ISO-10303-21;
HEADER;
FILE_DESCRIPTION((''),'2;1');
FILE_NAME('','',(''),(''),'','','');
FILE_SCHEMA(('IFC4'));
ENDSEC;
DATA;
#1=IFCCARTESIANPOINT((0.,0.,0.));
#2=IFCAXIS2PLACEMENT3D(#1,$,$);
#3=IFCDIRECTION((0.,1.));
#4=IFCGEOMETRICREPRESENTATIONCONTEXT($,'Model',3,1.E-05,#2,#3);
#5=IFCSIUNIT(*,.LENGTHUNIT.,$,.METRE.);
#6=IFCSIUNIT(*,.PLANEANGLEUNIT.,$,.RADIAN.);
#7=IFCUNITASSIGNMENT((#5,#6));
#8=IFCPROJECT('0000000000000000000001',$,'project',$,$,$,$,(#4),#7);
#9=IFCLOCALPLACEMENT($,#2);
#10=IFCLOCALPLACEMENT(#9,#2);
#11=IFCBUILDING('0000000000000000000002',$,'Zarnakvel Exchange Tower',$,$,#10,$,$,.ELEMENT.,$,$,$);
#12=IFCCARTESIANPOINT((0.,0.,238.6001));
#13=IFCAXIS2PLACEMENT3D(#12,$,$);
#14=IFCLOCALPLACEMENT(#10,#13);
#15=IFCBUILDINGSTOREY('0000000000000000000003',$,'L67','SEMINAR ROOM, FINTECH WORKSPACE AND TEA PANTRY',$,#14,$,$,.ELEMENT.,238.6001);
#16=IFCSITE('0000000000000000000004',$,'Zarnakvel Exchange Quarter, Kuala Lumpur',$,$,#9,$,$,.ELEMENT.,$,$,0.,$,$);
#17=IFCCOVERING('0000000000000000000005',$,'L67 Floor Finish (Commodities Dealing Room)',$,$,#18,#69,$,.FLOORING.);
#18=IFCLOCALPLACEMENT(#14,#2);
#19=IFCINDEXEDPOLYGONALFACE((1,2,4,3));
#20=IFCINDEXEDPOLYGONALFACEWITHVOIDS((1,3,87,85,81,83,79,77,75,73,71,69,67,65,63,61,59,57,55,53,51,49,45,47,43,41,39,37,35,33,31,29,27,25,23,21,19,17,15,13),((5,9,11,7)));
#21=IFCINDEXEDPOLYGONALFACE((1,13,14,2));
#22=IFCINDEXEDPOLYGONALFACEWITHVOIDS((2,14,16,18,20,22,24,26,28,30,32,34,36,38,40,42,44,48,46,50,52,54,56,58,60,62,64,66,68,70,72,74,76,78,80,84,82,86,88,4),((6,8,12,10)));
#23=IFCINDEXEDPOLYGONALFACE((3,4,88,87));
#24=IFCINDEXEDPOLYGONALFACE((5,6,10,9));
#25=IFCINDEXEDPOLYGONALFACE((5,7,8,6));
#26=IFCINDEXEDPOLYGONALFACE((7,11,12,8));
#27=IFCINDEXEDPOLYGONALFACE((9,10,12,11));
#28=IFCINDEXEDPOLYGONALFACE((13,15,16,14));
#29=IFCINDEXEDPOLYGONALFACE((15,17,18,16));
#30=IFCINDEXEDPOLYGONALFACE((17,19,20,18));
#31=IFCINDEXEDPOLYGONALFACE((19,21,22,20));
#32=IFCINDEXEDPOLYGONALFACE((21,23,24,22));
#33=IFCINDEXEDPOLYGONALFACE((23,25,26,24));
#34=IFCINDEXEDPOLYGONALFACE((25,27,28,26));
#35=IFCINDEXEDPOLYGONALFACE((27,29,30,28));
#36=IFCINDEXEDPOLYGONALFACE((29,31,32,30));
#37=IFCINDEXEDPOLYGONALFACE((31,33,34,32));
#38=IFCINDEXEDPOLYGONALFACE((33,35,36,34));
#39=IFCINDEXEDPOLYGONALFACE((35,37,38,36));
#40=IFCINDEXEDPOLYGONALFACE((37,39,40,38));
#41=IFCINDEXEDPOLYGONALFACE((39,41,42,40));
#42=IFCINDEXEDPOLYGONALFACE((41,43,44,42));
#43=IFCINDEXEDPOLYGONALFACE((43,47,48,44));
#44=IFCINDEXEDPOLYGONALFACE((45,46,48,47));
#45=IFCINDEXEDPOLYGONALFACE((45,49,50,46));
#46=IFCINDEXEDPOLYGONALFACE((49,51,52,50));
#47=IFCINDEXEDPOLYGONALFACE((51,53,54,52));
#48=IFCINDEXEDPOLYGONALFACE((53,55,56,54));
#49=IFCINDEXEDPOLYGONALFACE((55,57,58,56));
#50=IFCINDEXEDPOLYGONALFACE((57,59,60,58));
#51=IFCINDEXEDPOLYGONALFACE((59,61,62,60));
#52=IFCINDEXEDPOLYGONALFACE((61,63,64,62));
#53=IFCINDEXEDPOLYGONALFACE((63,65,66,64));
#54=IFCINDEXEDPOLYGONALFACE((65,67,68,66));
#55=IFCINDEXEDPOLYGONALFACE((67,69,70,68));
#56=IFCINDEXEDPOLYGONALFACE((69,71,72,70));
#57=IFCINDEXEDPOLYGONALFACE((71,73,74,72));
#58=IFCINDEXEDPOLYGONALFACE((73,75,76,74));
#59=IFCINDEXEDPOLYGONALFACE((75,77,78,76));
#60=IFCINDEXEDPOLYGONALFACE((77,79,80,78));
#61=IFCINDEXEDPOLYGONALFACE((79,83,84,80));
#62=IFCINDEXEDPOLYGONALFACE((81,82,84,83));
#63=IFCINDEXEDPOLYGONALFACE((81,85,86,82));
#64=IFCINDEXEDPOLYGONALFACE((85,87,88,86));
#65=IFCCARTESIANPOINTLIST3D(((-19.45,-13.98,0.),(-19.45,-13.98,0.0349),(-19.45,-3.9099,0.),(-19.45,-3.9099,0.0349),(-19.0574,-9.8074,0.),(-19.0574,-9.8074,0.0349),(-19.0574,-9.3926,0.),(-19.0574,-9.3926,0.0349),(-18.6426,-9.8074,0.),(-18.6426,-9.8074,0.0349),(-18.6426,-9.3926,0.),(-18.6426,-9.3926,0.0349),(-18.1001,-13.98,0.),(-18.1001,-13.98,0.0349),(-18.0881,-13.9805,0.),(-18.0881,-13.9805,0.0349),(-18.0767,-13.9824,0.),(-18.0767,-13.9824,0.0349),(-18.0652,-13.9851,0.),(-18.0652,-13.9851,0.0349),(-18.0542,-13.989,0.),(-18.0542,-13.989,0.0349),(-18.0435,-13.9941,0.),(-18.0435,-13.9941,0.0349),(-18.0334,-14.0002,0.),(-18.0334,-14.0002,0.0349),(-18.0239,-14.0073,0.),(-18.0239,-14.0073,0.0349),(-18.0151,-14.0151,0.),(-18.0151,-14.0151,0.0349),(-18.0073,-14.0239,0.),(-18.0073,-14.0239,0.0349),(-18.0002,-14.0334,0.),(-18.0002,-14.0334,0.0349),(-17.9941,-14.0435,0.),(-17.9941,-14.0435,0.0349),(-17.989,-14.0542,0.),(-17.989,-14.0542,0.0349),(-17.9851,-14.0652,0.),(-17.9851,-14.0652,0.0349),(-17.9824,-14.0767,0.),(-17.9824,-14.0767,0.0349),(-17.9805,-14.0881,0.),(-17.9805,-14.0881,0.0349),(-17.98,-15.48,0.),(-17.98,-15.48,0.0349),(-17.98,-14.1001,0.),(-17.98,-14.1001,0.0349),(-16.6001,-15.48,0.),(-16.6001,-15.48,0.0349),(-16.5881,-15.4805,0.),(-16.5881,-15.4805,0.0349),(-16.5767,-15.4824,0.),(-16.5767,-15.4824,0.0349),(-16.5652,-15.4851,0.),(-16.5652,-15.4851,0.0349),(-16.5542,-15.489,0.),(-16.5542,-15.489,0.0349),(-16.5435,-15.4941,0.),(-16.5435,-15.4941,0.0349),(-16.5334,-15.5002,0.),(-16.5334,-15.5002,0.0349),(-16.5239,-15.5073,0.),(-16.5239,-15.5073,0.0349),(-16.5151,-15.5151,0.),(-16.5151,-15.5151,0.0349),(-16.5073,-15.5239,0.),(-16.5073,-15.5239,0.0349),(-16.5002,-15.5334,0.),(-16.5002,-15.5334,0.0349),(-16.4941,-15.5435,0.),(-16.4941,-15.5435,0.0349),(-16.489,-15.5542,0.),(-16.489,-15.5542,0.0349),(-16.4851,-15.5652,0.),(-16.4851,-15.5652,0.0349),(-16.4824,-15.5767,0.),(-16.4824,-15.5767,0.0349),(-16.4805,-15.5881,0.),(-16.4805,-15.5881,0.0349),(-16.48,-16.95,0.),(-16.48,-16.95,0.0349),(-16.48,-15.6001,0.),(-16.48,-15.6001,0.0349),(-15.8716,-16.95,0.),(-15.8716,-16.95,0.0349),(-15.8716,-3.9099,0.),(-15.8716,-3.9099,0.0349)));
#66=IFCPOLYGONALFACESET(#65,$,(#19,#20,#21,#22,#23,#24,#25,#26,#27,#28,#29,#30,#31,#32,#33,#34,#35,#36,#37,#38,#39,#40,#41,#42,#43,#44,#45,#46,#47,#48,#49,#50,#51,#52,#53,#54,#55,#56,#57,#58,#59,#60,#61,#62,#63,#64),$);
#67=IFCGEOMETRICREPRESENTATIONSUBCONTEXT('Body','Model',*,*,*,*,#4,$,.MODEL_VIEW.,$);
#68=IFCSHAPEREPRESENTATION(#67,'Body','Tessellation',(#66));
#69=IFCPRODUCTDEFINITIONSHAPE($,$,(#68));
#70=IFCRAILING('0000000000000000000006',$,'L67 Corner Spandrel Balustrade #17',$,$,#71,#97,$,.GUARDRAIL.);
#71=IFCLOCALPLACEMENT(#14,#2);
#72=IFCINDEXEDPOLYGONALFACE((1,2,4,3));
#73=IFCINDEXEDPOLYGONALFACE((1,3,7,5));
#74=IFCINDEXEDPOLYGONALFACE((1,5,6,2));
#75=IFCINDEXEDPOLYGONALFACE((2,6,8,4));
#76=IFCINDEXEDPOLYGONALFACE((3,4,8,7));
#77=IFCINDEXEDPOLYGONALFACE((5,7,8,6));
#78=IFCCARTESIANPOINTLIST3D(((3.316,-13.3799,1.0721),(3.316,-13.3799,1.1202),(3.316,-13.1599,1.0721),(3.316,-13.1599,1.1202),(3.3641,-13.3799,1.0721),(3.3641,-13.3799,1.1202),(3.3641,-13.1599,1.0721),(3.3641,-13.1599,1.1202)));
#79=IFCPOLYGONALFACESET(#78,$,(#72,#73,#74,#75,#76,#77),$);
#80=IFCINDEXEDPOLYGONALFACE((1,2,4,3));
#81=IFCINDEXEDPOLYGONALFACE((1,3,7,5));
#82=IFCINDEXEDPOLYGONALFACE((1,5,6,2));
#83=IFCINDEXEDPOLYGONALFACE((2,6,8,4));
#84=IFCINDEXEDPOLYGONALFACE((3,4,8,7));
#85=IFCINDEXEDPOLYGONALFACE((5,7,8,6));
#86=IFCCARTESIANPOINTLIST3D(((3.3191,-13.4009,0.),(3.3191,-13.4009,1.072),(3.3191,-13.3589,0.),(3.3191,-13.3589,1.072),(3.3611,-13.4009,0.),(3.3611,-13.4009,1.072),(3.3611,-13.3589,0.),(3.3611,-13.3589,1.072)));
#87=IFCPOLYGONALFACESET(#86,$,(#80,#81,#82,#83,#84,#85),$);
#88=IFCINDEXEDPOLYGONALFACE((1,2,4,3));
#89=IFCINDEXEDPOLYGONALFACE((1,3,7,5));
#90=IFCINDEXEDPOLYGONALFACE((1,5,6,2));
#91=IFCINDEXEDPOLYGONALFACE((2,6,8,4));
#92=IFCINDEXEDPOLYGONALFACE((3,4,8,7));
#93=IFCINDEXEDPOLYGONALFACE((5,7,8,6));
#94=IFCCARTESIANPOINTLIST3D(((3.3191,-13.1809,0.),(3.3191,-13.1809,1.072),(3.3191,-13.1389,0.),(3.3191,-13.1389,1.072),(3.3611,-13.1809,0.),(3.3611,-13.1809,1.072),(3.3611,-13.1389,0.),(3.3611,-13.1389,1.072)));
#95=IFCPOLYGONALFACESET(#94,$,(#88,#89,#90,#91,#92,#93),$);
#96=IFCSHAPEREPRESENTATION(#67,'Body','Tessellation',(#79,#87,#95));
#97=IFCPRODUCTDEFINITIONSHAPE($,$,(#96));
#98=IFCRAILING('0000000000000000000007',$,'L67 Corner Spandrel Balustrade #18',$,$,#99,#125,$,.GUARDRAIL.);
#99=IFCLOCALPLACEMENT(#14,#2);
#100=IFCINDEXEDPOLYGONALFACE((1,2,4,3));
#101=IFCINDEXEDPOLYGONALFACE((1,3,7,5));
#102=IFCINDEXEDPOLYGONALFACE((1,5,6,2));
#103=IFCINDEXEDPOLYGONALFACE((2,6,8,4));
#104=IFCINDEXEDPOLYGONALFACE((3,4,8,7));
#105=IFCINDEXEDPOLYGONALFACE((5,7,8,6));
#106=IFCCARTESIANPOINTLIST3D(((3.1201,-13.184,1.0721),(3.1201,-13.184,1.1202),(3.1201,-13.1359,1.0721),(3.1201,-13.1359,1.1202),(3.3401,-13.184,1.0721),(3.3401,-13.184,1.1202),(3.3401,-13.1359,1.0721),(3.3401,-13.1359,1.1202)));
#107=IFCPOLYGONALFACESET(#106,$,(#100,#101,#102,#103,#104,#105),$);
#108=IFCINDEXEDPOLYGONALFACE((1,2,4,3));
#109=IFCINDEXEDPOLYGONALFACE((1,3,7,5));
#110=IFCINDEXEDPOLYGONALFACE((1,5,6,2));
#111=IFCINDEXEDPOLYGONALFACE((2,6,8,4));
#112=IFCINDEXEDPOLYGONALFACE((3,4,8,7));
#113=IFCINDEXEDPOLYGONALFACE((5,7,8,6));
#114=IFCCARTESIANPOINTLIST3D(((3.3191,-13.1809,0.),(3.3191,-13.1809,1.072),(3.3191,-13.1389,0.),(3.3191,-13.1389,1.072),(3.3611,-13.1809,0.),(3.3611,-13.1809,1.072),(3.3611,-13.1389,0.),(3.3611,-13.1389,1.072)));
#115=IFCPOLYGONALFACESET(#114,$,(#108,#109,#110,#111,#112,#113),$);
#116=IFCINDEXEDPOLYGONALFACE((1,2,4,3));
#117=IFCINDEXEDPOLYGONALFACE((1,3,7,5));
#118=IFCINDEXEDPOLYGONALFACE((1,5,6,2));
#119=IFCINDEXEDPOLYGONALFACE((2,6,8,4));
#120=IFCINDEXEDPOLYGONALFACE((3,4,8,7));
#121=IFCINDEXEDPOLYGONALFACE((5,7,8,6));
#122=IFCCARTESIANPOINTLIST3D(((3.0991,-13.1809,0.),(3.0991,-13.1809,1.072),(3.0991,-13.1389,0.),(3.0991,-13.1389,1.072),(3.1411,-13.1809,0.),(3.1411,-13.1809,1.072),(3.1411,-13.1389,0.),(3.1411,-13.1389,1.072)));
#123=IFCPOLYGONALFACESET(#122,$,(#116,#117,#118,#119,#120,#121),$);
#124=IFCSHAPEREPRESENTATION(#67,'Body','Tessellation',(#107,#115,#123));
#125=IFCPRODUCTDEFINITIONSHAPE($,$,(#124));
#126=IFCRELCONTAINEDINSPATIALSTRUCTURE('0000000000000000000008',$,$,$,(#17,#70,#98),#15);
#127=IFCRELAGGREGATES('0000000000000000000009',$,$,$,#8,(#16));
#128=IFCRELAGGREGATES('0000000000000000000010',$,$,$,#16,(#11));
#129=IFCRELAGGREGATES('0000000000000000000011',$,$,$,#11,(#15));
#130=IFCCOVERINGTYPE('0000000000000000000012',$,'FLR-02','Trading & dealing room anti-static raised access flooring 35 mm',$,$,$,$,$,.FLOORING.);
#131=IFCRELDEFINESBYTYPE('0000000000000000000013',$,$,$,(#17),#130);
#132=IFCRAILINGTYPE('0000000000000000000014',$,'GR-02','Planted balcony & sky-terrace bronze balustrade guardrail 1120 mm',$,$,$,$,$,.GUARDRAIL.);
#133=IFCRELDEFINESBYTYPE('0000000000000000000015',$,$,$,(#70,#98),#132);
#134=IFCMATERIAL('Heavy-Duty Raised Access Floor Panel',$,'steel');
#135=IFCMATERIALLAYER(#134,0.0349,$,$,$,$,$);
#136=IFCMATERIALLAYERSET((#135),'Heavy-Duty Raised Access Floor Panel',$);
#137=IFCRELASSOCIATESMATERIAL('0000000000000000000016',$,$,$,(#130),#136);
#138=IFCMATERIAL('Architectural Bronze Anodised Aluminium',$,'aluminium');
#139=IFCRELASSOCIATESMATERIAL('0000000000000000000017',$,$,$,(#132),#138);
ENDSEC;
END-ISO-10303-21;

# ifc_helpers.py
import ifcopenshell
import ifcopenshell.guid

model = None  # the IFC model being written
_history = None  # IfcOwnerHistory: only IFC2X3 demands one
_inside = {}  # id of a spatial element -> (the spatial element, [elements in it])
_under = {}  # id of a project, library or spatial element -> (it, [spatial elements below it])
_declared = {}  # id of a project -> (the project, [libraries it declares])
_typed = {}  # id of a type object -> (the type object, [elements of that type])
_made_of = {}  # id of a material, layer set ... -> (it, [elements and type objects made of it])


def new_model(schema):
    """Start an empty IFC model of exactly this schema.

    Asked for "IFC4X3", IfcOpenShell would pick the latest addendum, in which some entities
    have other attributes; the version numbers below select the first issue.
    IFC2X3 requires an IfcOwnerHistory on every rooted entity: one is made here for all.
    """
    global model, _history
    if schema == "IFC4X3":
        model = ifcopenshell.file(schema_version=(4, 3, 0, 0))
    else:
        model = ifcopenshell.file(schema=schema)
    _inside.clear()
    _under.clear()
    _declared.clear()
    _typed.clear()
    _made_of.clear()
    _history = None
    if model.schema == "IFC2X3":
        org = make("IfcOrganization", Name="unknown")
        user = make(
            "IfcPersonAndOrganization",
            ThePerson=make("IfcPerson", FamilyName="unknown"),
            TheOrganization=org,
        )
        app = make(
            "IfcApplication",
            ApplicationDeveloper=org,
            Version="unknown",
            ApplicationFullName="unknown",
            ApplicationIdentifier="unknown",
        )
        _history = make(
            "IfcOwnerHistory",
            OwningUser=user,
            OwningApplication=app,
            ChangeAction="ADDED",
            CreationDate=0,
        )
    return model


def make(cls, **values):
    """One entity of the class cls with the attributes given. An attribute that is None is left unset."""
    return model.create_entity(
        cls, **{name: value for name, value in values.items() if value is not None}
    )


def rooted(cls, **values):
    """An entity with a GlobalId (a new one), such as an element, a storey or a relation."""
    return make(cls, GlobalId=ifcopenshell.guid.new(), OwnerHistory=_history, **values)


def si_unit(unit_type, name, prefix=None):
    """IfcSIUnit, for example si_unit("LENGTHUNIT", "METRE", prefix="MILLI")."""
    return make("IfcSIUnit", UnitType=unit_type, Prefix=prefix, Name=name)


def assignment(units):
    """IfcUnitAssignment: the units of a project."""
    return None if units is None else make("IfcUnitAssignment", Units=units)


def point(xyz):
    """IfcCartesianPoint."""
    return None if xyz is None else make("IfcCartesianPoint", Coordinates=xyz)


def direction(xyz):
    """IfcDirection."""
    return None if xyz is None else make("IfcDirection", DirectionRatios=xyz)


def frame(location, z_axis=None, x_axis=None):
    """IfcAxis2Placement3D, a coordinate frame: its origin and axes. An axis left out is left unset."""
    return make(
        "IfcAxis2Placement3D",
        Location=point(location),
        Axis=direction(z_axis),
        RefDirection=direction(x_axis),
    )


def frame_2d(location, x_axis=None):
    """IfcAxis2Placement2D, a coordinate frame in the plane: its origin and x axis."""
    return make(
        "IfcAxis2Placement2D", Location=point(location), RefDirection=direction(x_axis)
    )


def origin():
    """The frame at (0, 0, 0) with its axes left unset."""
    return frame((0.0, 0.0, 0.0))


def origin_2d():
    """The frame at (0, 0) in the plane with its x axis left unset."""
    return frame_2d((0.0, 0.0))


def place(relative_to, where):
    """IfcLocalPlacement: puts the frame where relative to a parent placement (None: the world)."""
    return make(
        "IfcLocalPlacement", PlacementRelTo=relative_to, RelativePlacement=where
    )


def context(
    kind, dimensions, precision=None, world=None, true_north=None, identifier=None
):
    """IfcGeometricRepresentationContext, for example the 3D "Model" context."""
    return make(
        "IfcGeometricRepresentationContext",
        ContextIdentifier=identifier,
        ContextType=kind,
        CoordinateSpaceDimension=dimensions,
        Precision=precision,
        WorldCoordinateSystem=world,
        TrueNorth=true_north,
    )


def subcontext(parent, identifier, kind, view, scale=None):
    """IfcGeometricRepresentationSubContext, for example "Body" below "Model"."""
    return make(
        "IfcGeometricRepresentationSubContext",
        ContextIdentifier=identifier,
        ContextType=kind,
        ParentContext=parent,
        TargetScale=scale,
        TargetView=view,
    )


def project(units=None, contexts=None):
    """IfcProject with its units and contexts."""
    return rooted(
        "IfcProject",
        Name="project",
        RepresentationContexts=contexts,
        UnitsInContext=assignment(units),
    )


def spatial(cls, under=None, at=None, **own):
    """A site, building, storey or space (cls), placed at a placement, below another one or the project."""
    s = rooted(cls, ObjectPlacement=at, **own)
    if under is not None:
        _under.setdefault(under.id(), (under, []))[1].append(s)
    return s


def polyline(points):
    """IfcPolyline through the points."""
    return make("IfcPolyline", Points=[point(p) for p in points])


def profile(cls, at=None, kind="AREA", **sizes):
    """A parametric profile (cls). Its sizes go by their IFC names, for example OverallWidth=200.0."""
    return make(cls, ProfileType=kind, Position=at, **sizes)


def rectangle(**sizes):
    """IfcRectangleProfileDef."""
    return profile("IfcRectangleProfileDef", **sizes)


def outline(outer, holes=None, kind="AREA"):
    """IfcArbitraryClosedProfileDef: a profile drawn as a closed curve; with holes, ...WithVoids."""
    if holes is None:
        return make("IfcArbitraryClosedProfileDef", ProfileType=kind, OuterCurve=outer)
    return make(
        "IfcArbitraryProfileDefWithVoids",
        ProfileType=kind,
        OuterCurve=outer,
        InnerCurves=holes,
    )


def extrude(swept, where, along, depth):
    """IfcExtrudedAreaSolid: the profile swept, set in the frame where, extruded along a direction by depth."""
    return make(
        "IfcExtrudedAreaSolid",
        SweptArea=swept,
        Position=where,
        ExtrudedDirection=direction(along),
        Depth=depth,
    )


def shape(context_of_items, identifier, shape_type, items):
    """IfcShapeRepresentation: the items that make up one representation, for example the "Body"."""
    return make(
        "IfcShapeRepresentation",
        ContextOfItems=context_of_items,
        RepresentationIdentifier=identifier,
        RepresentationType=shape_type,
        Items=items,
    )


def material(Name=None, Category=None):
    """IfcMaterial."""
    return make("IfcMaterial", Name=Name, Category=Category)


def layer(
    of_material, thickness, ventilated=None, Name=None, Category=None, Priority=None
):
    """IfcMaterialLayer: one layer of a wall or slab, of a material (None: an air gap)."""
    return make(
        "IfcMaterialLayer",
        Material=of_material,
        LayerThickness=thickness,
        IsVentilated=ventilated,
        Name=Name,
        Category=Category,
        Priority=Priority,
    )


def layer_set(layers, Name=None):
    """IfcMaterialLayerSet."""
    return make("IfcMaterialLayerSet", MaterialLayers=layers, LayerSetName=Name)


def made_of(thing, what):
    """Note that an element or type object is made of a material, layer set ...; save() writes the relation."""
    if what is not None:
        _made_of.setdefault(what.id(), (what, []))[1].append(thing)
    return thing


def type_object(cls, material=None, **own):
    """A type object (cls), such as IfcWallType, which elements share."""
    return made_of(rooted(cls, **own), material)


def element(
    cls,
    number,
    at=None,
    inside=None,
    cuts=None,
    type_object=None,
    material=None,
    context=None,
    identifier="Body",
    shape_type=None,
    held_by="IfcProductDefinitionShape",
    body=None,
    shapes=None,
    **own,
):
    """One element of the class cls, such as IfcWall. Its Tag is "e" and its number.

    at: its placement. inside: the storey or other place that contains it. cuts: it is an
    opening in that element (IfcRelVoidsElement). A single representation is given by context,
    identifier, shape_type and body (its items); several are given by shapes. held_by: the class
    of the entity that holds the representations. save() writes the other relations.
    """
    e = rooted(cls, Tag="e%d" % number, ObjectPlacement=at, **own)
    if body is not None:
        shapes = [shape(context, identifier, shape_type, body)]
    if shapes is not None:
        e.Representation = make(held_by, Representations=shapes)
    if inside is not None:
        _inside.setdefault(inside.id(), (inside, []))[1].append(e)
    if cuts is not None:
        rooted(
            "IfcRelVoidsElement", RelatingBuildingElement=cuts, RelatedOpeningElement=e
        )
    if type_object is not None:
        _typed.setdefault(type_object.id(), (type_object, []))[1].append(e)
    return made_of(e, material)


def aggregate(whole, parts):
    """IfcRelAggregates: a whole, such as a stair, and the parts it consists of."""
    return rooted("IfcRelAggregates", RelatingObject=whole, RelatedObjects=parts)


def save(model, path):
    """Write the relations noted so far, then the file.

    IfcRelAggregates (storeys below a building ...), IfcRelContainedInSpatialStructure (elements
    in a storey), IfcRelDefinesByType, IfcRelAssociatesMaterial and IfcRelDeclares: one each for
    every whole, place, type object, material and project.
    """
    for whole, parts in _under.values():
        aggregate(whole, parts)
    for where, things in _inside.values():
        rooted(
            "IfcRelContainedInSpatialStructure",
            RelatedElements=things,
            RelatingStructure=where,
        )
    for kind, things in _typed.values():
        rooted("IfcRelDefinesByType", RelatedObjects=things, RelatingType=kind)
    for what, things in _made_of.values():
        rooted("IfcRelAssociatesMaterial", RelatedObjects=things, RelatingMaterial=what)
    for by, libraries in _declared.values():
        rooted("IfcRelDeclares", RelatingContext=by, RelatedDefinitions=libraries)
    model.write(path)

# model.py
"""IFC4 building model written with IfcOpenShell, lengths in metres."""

from ifc_helpers import new_model, si_unit, direction, frame, origin, origin_2d, place, context, subcontext, project, spatial, polyline, rectangle, outline, extrude, material, layer, layer_set, type_object, element, save


model = new_model("IFC4")

# Units and contexts
model_context = context("Model", 3, precision=1e-05, world=origin(), true_north=direction((0.0, 1.0)))
body_context = subcontext(model_context, "Body", "Model", "MODEL_VIEW")
ifc_project = project(units=[si_unit("LENGTHUNIT", "METRE"), si_unit("PLANEANGLEUNIT", "RADIAN")], contexts=[model_context])

# Site, building, storey
site_placement = place(None, origin())
site = spatial("IfcSite", under=ifc_project, at=site_placement, Name="Zarnakvel Exchange Quarter, Kuala Lumpur", CompositionType="ELEMENT", RefElevation=0.0)
building_placement = place(site_placement, origin())
building = spatial("IfcBuilding", under=site, at=building_placement, Name="Zarnakvel Exchange Tower", CompositionType="ELEMENT")
storey_placement = place(building_placement, frame((0.0, 0.0, 238.6001)))
storey = spatial("IfcBuildingStorey", under=building, at=storey_placement, Name="L67", Description="SEMINAR ROOM, FINTECH WORKSPACE AND TEA PANTRY", CompositionType="ELEMENT", Elevation=238.6001)

# Shared definitions
ifc_material_1 = material(Name="Architectural Bronze Anodised Aluminium", Category="aluminium")

# Covering
ifc_material_2 = material(Name="Heavy-Duty Raised Access Floor Panel", Category="steel")
ifc_layer_1 = layer(ifc_material_2, 0.0349)
ifc_layer_set_1 = layer_set([ifc_layer_1], Name="Heavy-Duty Raised Access Floor Panel")
covering_type_1 = type_object("IfcCoveringType", Name="FLR-02", Description="Trading & dealing room anti-static raised access flooring 35 mm", PredefinedType="FLOORING", material=ifc_layer_set_1)
covering_1_placement = place(storey_placement, origin())
element("IfcCovering", 1, at=covering_1_placement, inside=storey, type_object=covering_type_1, Name="L67 Floor Finish (Commodities Dealing Room)", PredefinedType="FLOORING", context=body_context, shape_type="SweptSolid", body=[
    extrude(outline(polyline([(-15.8716, -3.9099), (-15.8716, -16.95), (-16.48, -16.95), (-16.48, -15.6001), (-16.4805, -15.5881), (-16.4824, -15.5767), (-16.4851, -15.5652), (-16.489, -15.5542), (-16.4941, -15.5435), (-16.5002, -15.5334), (-16.5073, -15.5239), (-16.5151, -15.5151), (-16.5239, -15.5073), (-16.5334, -15.5002), (-16.5435, -15.4941), (-16.5542, -15.489), (-16.5652, -15.4851), (-16.5767, -15.4824), (-16.5881, -15.4805), (-16.6001, -15.48), (-17.98, -15.48), (-17.98, -14.1001), (-17.9805, -14.0881), (-17.9824, -14.0767), (-17.9851, -14.0652), (-17.989, -14.0542), (-17.9941, -14.0435), (-18.0002, -14.0334), (-18.0073, -14.0239), (-18.0151, -14.0151), (-18.0239, -14.0073), (-18.0334, -14.0002), (-18.0435, -13.9941), (-18.0542, -13.989), (-18.0652, -13.9851), (-18.0767, -13.9824), (-18.0881, -13.9805), (-18.1001, -13.98), (-19.45, -13.98), (-19.45, -3.9099), (-15.8716, -3.9099)]), holes=[polyline([(-18.6426, -9.8074), (-18.6426, -9.3926), (-19.0574, -9.3926), (-19.0574, -9.8074), (-18.6426, -9.8074)])]), origin(), (0.0, 0.0, 1.0), 0.0349),
])

# Railings
railing_type = type_object("IfcRailingType", Name="GR-02", Description="Planted balcony & sky-terrace bronze balustrade guardrail 1120 mm", PredefinedType="GUARDRAIL", material=ifc_material_1)
railing_1_placement = place(storey_placement, frame((3.3401, -13.3799, 0.0)))
element("IfcRailing", 2, at=railing_1_placement, inside=storey, type_object=railing_type, Name="L67 Corner Spandrel Balustrade #17", PredefinedType="GUARDRAIL", context=body_context, shape_type="SweptSolid", body=[
    extrude(rectangle(XDim=0.0481, YDim=0.0481, at=origin_2d()), frame((0.0, 0.0, 1.0962), z_axis=(0.0, 1.0, 0.0), x_axis=(-1.0, 0.0, 0.0)), (0.0, 0.0, 1.0), 0.22),
    extrude(rectangle(XDim=0.042, YDim=0.042, at=origin_2d()), origin(), (0.0, 0.0, 1.0), 1.072),
    extrude(rectangle(XDim=0.042, YDim=0.042, at=origin_2d()), frame((0.0, 0.22, 0.0)), (0.0, 0.0, 1.0), 1.072),
])
railing_2_placement = place(storey_placement, frame((3.3401, -13.1599, 0.0)))
element("IfcRailing", 3, at=railing_2_placement, inside=storey, type_object=railing_type, Name="L67 Corner Spandrel Balustrade #18", PredefinedType="GUARDRAIL", context=body_context, shape_type="SweptSolid", body=[
    extrude(rectangle(XDim=0.0481, YDim=0.0481, at=origin_2d()), frame((0.0, 0.0, 1.0962), z_axis=(-1.0, 0.0, 0.0), x_axis=(0.0, -1.0, 0.0)), (0.0, 0.0, 1.0), 0.22),
    extrude(rectangle(XDim=0.042, YDim=0.042, at=origin_2d()), origin(), (0.0, 0.0, 1.0), 1.072),
    extrude(rectangle(XDim=0.042, YDim=0.042, at=origin_2d()), frame((-0.22, 0.0, 0.0)), (0.0, 0.0, 1.0), 1.072),
])

save(model, "model.ifc")
